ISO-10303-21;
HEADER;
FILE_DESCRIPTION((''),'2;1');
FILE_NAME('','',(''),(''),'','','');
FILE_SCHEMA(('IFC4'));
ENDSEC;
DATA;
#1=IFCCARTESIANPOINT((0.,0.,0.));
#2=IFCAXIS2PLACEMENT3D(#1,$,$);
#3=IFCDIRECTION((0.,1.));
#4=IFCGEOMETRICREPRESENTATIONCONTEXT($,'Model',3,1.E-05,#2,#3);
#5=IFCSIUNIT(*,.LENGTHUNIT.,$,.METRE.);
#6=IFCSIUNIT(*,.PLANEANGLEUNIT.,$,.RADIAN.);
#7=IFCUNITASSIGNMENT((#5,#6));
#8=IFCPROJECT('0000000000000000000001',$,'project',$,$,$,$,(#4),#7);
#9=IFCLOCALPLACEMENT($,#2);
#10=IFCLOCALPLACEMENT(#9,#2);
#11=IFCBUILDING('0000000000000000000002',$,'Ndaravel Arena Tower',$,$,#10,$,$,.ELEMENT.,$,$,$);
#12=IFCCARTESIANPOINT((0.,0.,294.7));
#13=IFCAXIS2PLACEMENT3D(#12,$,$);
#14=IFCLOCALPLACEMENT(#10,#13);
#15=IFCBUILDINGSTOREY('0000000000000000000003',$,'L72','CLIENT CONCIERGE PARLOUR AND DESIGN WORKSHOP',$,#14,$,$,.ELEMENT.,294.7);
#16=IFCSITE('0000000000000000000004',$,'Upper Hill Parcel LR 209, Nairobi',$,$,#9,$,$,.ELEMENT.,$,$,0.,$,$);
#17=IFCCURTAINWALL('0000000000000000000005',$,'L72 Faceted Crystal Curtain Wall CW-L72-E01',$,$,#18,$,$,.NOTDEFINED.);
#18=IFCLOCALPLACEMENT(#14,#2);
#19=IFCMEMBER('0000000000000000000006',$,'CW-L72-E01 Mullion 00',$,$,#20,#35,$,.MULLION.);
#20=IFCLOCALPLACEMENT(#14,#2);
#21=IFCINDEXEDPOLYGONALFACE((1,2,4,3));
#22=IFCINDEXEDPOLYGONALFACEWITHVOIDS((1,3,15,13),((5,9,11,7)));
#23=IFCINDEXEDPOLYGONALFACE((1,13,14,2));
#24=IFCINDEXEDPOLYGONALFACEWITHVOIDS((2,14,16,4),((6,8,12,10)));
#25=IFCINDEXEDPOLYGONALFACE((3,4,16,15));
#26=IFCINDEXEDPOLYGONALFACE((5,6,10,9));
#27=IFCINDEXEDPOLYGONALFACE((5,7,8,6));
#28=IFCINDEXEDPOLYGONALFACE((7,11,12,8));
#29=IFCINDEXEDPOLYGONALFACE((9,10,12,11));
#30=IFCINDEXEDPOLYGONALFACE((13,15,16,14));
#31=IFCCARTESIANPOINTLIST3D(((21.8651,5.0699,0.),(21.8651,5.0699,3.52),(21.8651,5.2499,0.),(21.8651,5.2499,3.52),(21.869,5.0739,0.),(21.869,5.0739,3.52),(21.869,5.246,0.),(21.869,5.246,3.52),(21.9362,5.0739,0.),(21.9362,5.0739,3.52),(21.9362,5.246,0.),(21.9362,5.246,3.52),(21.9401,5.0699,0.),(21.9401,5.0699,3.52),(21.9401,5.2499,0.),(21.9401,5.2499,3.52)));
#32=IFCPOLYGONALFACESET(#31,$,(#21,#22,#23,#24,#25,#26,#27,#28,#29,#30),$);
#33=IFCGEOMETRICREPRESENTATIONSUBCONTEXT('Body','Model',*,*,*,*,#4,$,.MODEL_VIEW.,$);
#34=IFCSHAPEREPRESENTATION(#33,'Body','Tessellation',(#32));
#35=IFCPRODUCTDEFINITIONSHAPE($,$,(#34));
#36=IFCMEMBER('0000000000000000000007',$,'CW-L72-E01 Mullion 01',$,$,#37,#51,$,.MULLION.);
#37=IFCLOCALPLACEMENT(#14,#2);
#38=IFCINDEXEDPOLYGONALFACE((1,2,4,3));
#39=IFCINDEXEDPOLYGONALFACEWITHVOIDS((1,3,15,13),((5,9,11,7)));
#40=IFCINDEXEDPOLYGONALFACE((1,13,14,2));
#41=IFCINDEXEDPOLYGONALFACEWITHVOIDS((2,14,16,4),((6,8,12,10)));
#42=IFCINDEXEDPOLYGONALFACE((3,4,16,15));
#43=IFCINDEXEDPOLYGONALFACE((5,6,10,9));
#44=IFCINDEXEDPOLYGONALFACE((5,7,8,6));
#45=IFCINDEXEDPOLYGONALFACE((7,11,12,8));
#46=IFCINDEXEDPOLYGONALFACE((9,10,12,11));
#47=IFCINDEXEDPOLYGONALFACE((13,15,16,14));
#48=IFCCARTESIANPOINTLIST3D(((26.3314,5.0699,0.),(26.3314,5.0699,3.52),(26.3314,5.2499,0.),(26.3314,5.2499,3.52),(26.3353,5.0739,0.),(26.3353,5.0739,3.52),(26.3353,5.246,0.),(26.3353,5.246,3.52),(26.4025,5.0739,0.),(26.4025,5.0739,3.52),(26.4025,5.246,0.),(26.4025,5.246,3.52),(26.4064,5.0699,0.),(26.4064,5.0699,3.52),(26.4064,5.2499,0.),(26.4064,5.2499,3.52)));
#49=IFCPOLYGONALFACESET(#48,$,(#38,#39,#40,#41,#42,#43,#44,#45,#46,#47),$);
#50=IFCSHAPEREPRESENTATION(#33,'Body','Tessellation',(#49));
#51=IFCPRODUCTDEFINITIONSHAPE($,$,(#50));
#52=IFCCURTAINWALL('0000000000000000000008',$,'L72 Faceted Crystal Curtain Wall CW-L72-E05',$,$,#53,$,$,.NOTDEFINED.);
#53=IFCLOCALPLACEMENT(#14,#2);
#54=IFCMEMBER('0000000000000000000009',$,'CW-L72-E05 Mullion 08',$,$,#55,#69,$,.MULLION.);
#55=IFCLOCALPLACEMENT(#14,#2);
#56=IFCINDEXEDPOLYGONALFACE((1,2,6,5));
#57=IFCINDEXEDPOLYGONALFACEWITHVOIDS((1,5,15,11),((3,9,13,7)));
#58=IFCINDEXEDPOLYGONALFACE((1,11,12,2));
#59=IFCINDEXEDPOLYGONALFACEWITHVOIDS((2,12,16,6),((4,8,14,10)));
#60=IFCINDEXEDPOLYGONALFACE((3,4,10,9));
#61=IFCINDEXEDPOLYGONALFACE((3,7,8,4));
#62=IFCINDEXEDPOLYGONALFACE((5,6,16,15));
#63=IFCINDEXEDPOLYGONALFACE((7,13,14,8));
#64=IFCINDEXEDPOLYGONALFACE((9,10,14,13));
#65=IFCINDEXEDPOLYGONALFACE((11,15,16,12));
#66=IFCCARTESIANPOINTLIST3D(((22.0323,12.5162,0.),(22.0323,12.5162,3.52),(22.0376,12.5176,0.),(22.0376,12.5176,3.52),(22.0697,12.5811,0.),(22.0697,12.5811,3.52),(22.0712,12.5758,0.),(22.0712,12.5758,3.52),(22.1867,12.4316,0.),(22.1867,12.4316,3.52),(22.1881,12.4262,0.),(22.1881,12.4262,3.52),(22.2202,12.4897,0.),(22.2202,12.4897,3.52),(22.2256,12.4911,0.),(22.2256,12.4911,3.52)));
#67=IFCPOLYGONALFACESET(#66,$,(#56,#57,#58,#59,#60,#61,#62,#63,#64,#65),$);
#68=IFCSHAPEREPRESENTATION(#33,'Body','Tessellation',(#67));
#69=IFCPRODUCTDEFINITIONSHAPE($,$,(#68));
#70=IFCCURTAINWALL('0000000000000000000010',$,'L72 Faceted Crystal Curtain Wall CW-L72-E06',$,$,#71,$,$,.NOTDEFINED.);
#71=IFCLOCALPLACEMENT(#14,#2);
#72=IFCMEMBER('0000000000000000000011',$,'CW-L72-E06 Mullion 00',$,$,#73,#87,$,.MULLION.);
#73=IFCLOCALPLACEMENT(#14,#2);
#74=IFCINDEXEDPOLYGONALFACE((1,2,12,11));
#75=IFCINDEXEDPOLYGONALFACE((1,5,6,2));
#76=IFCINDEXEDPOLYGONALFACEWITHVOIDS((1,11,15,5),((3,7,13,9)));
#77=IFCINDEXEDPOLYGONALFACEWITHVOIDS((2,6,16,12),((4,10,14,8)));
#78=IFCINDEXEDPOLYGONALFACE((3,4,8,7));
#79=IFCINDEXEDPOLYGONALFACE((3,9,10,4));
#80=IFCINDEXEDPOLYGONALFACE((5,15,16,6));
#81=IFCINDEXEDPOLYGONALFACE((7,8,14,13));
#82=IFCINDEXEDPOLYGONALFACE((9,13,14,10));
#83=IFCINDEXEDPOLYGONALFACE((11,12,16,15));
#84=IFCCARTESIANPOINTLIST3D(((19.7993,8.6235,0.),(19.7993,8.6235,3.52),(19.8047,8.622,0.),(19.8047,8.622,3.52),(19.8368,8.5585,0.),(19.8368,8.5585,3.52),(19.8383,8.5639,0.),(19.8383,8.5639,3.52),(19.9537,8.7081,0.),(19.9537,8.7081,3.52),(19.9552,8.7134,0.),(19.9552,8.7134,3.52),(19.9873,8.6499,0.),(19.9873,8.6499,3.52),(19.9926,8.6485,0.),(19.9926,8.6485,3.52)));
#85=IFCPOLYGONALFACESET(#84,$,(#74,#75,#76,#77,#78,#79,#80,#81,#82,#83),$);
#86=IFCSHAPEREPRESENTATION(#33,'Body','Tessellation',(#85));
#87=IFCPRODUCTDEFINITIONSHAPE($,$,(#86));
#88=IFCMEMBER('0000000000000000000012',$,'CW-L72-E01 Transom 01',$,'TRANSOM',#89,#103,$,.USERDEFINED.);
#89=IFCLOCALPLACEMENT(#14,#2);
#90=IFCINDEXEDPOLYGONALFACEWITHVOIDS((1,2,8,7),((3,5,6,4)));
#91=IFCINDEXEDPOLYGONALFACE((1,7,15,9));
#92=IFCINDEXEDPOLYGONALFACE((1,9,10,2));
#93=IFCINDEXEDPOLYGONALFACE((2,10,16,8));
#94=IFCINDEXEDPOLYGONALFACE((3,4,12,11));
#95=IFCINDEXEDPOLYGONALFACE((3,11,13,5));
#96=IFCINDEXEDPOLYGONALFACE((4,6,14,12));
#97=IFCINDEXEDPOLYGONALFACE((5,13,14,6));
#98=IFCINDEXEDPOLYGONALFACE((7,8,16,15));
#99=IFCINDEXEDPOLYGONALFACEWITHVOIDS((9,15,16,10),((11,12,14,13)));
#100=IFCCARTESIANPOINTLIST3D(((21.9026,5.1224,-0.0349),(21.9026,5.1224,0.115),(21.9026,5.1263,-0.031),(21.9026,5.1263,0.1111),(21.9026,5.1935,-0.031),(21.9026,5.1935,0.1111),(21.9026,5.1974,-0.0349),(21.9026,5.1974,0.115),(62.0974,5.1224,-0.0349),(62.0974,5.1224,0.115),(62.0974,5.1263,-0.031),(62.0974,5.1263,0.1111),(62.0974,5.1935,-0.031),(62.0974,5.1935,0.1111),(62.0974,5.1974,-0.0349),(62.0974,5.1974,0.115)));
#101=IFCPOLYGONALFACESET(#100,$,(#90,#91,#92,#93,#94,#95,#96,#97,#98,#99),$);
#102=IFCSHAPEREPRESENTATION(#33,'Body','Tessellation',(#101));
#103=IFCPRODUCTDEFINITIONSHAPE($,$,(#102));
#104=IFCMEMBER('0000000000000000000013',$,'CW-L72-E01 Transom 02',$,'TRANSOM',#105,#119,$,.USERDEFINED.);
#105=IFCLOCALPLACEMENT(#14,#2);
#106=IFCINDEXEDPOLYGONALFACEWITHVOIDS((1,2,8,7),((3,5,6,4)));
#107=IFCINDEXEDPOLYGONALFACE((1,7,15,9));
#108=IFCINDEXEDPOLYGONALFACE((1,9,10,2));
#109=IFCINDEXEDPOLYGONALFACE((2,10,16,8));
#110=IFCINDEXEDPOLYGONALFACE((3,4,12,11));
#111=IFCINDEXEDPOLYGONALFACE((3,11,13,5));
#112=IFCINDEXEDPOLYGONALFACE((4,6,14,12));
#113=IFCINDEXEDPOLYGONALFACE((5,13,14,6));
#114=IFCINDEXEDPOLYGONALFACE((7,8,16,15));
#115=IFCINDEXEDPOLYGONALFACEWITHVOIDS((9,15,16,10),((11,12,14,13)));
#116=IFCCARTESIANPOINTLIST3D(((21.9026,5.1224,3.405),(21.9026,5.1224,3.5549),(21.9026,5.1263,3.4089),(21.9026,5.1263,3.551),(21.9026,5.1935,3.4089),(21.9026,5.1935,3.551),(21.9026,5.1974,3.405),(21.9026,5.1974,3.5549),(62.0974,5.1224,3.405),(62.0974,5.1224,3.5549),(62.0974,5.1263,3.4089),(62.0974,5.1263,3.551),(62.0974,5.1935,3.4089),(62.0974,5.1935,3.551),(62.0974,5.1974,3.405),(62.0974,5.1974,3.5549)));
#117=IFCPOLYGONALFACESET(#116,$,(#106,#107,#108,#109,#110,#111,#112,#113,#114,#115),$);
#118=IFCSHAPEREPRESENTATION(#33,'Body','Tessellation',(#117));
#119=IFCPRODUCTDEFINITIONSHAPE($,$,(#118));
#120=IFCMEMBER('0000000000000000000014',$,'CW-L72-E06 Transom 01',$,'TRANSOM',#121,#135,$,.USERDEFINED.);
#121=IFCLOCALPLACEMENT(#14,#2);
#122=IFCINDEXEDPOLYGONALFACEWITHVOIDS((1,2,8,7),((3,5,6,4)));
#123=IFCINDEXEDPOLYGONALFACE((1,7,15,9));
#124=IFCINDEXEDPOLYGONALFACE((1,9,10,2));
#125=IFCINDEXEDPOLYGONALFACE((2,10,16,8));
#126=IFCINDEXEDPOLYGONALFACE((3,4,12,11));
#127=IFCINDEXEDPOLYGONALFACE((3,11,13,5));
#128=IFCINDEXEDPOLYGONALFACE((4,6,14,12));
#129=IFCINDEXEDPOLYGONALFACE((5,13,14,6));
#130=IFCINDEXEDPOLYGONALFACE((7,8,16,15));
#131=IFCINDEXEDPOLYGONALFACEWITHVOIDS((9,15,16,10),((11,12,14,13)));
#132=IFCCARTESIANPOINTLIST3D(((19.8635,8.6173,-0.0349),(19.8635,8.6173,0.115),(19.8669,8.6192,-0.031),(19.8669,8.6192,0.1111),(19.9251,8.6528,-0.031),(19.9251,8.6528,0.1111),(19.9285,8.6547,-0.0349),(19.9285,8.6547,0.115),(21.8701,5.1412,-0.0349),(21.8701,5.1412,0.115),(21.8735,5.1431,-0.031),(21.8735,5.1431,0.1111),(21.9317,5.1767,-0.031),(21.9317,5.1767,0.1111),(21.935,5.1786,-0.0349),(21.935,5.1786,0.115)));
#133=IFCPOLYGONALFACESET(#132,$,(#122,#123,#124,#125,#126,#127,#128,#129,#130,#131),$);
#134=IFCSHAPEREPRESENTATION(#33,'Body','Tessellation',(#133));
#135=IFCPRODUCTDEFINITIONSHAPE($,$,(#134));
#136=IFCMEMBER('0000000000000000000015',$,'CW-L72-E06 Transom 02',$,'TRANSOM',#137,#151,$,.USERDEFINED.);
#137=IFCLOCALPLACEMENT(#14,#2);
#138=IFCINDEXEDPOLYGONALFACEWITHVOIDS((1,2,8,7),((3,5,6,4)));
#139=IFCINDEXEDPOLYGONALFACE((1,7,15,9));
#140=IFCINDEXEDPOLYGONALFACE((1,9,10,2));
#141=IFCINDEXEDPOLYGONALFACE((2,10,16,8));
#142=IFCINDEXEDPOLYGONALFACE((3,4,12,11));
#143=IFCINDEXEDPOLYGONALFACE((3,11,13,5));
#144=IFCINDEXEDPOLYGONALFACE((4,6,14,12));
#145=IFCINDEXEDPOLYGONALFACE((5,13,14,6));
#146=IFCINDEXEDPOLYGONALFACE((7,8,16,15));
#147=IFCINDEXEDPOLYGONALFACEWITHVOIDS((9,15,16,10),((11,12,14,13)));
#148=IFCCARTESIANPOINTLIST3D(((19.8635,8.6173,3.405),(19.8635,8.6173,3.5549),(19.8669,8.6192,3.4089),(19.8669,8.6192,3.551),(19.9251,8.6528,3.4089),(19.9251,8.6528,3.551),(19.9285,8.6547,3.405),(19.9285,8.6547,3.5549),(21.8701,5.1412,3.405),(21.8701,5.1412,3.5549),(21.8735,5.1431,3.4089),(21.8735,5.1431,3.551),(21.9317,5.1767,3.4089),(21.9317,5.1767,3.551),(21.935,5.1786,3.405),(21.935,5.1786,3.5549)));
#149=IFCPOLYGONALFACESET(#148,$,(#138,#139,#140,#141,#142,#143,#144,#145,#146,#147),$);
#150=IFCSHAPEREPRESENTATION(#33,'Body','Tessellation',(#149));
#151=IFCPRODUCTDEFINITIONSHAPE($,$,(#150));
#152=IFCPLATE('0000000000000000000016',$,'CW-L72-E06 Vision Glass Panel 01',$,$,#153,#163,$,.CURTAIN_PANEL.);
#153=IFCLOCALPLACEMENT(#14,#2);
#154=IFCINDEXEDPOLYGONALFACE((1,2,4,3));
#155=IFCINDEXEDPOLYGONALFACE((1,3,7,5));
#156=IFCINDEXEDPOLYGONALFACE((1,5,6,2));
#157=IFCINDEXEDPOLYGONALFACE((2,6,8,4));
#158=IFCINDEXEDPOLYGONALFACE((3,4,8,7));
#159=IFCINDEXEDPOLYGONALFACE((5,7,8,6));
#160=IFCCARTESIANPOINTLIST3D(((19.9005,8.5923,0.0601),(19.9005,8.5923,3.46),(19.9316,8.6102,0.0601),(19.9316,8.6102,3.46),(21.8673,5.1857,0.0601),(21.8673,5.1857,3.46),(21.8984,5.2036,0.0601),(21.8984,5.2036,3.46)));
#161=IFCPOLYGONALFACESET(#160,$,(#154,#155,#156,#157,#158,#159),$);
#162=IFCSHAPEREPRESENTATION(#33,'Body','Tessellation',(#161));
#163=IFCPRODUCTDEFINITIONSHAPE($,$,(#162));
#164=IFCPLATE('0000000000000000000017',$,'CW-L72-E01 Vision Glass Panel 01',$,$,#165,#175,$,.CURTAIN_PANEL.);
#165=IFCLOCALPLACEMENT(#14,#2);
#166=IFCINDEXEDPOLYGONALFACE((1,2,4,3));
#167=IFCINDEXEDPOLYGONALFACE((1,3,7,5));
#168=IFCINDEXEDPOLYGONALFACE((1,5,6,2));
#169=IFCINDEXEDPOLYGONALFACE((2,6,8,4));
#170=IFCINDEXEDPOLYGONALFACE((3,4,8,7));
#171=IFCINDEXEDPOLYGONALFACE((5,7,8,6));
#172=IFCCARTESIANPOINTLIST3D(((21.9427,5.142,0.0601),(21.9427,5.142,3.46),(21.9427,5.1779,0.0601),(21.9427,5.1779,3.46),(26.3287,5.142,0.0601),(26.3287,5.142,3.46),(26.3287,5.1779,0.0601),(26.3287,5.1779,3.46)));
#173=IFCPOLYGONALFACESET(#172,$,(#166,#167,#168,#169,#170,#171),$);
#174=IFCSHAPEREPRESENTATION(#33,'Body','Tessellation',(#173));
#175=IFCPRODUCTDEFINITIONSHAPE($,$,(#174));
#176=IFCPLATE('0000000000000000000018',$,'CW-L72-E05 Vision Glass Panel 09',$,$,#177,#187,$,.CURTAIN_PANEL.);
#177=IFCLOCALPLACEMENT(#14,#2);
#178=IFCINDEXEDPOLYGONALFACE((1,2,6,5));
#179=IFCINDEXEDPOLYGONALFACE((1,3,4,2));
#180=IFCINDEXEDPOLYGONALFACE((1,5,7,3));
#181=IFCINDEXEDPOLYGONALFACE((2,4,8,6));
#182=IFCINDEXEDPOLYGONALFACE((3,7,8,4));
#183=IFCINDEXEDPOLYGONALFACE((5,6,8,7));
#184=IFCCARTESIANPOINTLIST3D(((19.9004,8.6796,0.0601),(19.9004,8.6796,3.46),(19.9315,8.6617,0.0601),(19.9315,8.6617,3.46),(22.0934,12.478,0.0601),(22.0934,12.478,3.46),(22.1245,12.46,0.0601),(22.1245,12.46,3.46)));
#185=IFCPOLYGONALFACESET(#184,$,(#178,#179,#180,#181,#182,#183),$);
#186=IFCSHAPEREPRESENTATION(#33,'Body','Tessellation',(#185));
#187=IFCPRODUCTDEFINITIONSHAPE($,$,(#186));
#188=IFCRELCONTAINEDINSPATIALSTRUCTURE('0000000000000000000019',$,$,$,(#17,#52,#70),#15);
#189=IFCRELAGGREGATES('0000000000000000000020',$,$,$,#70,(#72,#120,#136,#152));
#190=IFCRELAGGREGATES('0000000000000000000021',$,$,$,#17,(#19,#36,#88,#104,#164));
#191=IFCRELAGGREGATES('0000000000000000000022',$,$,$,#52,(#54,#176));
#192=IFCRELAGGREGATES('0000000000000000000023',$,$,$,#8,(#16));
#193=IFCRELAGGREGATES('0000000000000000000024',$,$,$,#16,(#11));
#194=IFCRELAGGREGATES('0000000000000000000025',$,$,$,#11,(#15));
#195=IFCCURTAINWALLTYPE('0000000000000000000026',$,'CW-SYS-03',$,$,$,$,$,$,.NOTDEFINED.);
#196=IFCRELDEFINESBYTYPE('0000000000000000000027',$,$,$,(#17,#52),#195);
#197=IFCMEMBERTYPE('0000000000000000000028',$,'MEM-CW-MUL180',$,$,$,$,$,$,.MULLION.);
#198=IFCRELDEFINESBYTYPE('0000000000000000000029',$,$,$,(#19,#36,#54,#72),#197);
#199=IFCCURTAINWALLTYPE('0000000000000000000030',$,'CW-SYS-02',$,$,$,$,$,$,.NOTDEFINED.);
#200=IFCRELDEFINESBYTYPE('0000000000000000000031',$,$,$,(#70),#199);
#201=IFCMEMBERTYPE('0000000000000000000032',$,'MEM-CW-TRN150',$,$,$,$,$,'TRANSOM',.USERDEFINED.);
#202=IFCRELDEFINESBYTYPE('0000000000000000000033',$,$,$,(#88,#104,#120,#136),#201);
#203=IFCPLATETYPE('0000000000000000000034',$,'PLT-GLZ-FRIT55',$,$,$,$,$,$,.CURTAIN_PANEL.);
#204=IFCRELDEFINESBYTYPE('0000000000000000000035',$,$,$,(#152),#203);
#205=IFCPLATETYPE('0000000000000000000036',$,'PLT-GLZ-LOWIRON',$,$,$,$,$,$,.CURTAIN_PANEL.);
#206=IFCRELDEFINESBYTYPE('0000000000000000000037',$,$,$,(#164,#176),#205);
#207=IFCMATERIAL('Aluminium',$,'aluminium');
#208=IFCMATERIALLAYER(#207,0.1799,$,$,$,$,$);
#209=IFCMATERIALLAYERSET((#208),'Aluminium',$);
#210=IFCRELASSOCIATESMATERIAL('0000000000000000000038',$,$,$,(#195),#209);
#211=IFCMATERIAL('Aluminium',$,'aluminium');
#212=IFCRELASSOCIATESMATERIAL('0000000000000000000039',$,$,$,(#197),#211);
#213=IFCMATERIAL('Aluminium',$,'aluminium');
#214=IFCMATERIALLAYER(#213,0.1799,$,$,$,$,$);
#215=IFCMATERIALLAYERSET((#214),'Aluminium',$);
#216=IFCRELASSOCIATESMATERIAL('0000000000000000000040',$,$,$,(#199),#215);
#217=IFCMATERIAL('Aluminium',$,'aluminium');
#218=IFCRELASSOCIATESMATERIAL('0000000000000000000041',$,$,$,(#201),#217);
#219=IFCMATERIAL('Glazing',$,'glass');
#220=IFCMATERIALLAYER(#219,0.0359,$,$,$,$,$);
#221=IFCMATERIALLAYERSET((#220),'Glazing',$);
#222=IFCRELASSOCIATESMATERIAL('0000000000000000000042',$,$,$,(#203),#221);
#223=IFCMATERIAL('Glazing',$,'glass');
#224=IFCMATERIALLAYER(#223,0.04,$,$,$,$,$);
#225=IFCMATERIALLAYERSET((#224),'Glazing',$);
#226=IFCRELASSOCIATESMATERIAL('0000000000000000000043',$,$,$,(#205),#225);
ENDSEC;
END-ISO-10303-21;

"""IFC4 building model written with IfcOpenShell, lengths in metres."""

from ifc_helpers import new_model, si_unit, direction, frame, origin, origin_2d, place, context, subcontext, project, spatial, rectangle, hollow_rectangle, extrude, material, layer, layer_set, material_profile, profile_set, type_object, element, aggregate, save


model = new_model("IFC4")

# Units and contexts
model_context = context("Model", 3, precision=1e-05, world=origin(), true_north=direction((0.0, 1.0)))
body_context = subcontext(model_context, "Body", "Model", "MODEL_VIEW")
ifc_project = project(units=[si_unit("LENGTHUNIT", "METRE"), si_unit("PLANEANGLEUNIT", "RADIAN")], contexts=[model_context])

# Site, building, storey
site_placement = place(None, origin())
site = spatial("IfcSite", under=ifc_project, at=site_placement, Name="Upper Hill Parcel LR 209, Nairobi", CompositionType="ELEMENT", RefElevation=0.0)
building_placement = place(site_placement, origin())
building = spatial("IfcBuilding", under=site, at=building_placement, Name="Ndaravel Arena Tower", CompositionType="ELEMENT")
storey_placement = place(building_placement, frame((0.0, 0.0, 294.7)))
storey = spatial("IfcBuildingStorey", under=building, at=storey_placement, Name="L72", Description="CLIENT CONCIERGE PARLOUR AND DESIGN WORKSHOP", CompositionType="ELEMENT", Elevation=294.7)

# Curtain wall, members
ifc_material_1 = material(Name="Aluminium", Category="aluminium")
ifc_layer_1 = layer(ifc_material_1, 0.1799)
ifc_layer_set_1 = layer_set([ifc_layer_1], Name="Aluminium")
curtain_wall_type_1 = type_object("IfcCurtainWallType", Name="CW-SYS-03", PredefinedType="NOTDEFINED", material=ifc_layer_set_1)
curtain_wall_1_placement = place(storey_placement, origin())
curtain_wall_1 = element("IfcCurtainWall", 1, at=curtain_wall_1_placement, inside=storey, type_object=curtain_wall_type_1, Name="L72 Faceted Crystal Curtain Wall CW-L72-E01", PredefinedType="NOTDEFINED")
ifc_material_2 = material(Name="Aluminium", Category="aluminium")
ifc_material_profile_1 = material_profile(ifc_material_2, hollow_rectangle(XDim=0.075, YDim=0.1799, WallThickness=0.0039, at=origin_2d()), Name="CW MULLION 75x180x4")
ifc_profile_set_1 = profile_set([ifc_material_profile_1], Name="Aluminium")
member_type_1 = type_object("IfcMemberType", Name="MEM-CW-MUL180", PredefinedType="MULLION", material=ifc_profile_set_1)
member_1_placement = place(storey_placement, frame((21.9026, 5.1599, 0.0), z_axis=(0.0, 0.0, 1.0), x_axis=(1.0, 0.0, 0.0)))
member_1 = element("IfcMember", 2, at=member_1_placement, type_object=member_type_1, Name="CW-L72-E01 Mullion 00", PredefinedType="MULLION", context=body_context, shape_type="SweptSolid", body=[
    extrude(hollow_rectangle(XDim=0.075, YDim=0.1799, WallThickness=0.0039, at=origin_2d()), origin(), (0.0, 0.0, 1.0), 3.52),
])
member_2_placement = place(storey_placement, frame((26.3689, 5.1599, 0.0), z_axis=(0.0, 0.0, 1.0), x_axis=(1.0, 0.0, 0.0)))
member_2 = element("IfcMember", 3, at=member_2_placement, type_object=member_type_1, Name="CW-L72-E01 Mullion 01", PredefinedType="MULLION", context=body_context, shape_type="SweptSolid", body=[
    extrude(hollow_rectangle(XDim=0.075, YDim=0.1799, WallThickness=0.0039, at=origin_2d()), origin(), (0.0, 0.0, 1.0), 3.52),
])

# Curtain walls, members
curtain_wall_2_placement = place(storey_placement, origin())
curtain_wall_2 = element("IfcCurtainWall", 4, at=curtain_wall_2_placement, inside=storey, type_object=curtain_wall_type_1, Name="L72 Faceted Crystal Curtain Wall CW-L72-E05", PredefinedType="NOTDEFINED")
member_3_placement = place(storey_placement, frame((22.1289, 12.5037, 0.0), z_axis=(0.0, 0.0, 1.0), x_axis=(-0.5, -0.866025, 0.0)))
member_3 = element("IfcMember", 5, at=member_3_placement, type_object=member_type_1, Name="CW-L72-E05 Mullion 08", PredefinedType="MULLION", context=body_context, shape_type="SweptSolid", body=[
    extrude(hollow_rectangle(XDim=0.075, YDim=0.1799, WallThickness=0.0039, at=origin_2d()), origin(), (0.0, 0.0, 1.0), 3.52),
])
ifc_material_3 = material(Name="Aluminium", Category="aluminium")
ifc_layer_2 = layer(ifc_material_3, 0.1799)
ifc_layer_set_2 = layer_set([ifc_layer_2], Name="Aluminium")
curtain_wall_type_2 = type_object("IfcCurtainWallType", Name="CW-SYS-02", PredefinedType="NOTDEFINED", material=ifc_layer_set_2)
curtain_wall_3_placement = place(storey_placement, origin())
curtain_wall_3 = element("IfcCurtainWall", 6, at=curtain_wall_3_placement, inside=storey, type_object=curtain_wall_type_2, Name="L72 Faceted Crystal Curtain Wall CW-L72-E06", PredefinedType="NOTDEFINED")
member_4_placement = place(storey_placement, frame((19.896, 8.636, 0.0), z_axis=(0.0, 0.0, 1.0), x_axis=(0.5, -0.866025, 0.0)))
member_4 = element("IfcMember", 7, at=member_4_placement, type_object=member_type_1, Name="CW-L72-E06 Mullion 00", PredefinedType="MULLION", context=body_context, shape_type="SweptSolid", body=[
    extrude(hollow_rectangle(XDim=0.075, YDim=0.1799, WallThickness=0.0039, at=origin_2d()), origin(), (0.0, 0.0, 1.0), 3.52),
])

# Members
ifc_material_4 = material(Name="Aluminium", Category="aluminium")
ifc_material_profile_2 = material_profile(ifc_material_4, hollow_rectangle(XDim=0.075, YDim=0.1499, WallThickness=0.0039, at=origin_2d()), Name="CW TRANSOM 75x150x4")
ifc_profile_set_2 = profile_set([ifc_material_profile_2], Name="Aluminium")
member_type_2 = type_object("IfcMemberType", Name="MEM-CW-TRN150", ElementType="TRANSOM", PredefinedType="USERDEFINED", material=ifc_profile_set_2)
member_5_placement = place(storey_placement, frame((21.9026, 5.1599, 0.04), z_axis=(1.0, 0.0, 0.0), x_axis=(0.0, 1.0, 0.0)))
member_5 = element("IfcMember", 8, at=member_5_placement, type_object=member_type_2, Name="CW-L72-E01 Transom 01", ObjectType="TRANSOM", PredefinedType="USERDEFINED", context=body_context, shape_type="SweptSolid", body=[
    extrude(hollow_rectangle(XDim=0.075, YDim=0.1499, WallThickness=0.0039, at=origin_2d()), origin(), (0.0, 0.0, 1.0), 40.1948),
])
member_6_placement = place(storey_placement, frame((21.9026, 5.1599, 3.48), z_axis=(1.0, 0.0, 0.0), x_axis=(0.0, 1.0, 0.0)))
member_6 = element("IfcMember", 9, at=member_6_placement, type_object=member_type_2, Name="CW-L72-E01 Transom 02", ObjectType="TRANSOM", PredefinedType="USERDEFINED", context=body_context, shape_type="SweptSolid", body=[
    extrude(hollow_rectangle(XDim=0.075, YDim=0.1499, WallThickness=0.0039, at=origin_2d()), origin(), (0.0, 0.0, 1.0), 40.1948),
])
member_7_placement = place(storey_placement, frame((19.896, 8.636, 0.04), z_axis=(0.49994, -0.86606, 0.0), x_axis=(0.86606, 0.49994, 0.0)))
member_7 = element("IfcMember", 10, at=member_7_placement, type_object=member_type_2, Name="CW-L72-E06 Transom 01", ObjectType="TRANSOM", PredefinedType="USERDEFINED", context=body_context, shape_type="SweptSolid", body=[
    extrude(hollow_rectangle(XDim=0.075, YDim=0.1499, WallThickness=0.0039, at=origin_2d()), origin(), (0.0, 0.0, 1.0), 4.0137),
])
member_8_placement = place(storey_placement, frame((19.896, 8.636, 3.48), z_axis=(0.49994, -0.86606, 0.0), x_axis=(0.86606, 0.49994, 0.0)))
member_8 = element("IfcMember", 11, at=member_8_placement, type_object=member_type_2, Name="CW-L72-E06 Transom 02", ObjectType="TRANSOM", PredefinedType="USERDEFINED", context=body_context, shape_type="SweptSolid", body=[
    extrude(hollow_rectangle(XDim=0.075, YDim=0.1499, WallThickness=0.0039, at=origin_2d()), origin(), (0.0, 0.0, 1.0), 4.0137),
])

# Plates
ifc_material_5 = material(Name="Glazing", Category="glass")
ifc_layer_3 = layer(ifc_material_5, 0.0359)
ifc_layer_set_3 = layer_set([ifc_layer_3], Name="Glazing")
plate_type_1 = type_object("IfcPlateType", Name="PLT-GLZ-FRIT55", PredefinedType="CURTAIN_PANEL", material=ifc_layer_set_3)
plate_1_placement = place(storey_placement, frame((20.8994, 6.8979, 0.0601), z_axis=(0.0, 0.0, 1.0), x_axis=(0.5, -0.866025, 0.0)))
plate_1 = element("IfcPlate", 12, at=plate_1_placement, type_object=plate_type_1, Name="CW-L72-E06 Vision Glass Panel 01", PredefinedType="CURTAIN_PANEL", context=body_context, shape_type="SweptSolid", body=[
    extrude(rectangle(XDim=3.9336, YDim=0.0359, at=origin_2d()), origin(), (0.0, 0.0, 1.0), 3.3999),
])
aggregate(curtain_wall_3, [member_4, member_7, member_8, plate_1])
ifc_material_6 = material(Name="Glazing", Category="glass")
ifc_layer_4 = layer(ifc_material_6, 0.04)
ifc_layer_set_4 = layer_set([ifc_layer_4], Name="Glazing")
plate_type_2 = type_object("IfcPlateType", Name="PLT-GLZ-LOWIRON", PredefinedType="CURTAIN_PANEL", material=ifc_layer_set_4)
plate_2_placement = place(storey_placement, frame((24.1357, 5.1599, 0.0601), z_axis=(0.0, 0.0, 1.0), x_axis=(1.0, 0.0, 0.0)))
plate_2 = element("IfcPlate", 13, at=plate_2_placement, type_object=plate_type_2, Name="CW-L72-E01 Vision Glass Panel 01", PredefinedType="CURTAIN_PANEL", context=body_context, shape_type="SweptSolid", body=[
    extrude(rectangle(XDim=4.386, YDim=0.0359, at=origin_2d()), origin(), (0.0, 0.0, 1.0), 3.3999),
])
aggregate(curtain_wall_1, [member_1, member_2, member_5, member_6, plate_2])
plate_3_placement = place(storey_placement, frame((21.0125, 10.5698, 0.0601), z_axis=(0.0, 0.0, 1.0), x_axis=(-0.5, -0.866025, 0.0)))
plate_3 = element("IfcPlate", 14, at=plate_3_placement, type_object=plate_type_2, Name="CW-L72-E05 Vision Glass Panel 09", PredefinedType="CURTAIN_PANEL", context=body_context, shape_type="SweptSolid", body=[
    extrude(rectangle(XDim=4.386, YDim=0.0359, at=origin_2d()), origin(), (0.0, 0.0, 1.0), 3.3999),
])
aggregate(curtain_wall_2, [member_3, plate_3])

save(model, "model.ifc")
